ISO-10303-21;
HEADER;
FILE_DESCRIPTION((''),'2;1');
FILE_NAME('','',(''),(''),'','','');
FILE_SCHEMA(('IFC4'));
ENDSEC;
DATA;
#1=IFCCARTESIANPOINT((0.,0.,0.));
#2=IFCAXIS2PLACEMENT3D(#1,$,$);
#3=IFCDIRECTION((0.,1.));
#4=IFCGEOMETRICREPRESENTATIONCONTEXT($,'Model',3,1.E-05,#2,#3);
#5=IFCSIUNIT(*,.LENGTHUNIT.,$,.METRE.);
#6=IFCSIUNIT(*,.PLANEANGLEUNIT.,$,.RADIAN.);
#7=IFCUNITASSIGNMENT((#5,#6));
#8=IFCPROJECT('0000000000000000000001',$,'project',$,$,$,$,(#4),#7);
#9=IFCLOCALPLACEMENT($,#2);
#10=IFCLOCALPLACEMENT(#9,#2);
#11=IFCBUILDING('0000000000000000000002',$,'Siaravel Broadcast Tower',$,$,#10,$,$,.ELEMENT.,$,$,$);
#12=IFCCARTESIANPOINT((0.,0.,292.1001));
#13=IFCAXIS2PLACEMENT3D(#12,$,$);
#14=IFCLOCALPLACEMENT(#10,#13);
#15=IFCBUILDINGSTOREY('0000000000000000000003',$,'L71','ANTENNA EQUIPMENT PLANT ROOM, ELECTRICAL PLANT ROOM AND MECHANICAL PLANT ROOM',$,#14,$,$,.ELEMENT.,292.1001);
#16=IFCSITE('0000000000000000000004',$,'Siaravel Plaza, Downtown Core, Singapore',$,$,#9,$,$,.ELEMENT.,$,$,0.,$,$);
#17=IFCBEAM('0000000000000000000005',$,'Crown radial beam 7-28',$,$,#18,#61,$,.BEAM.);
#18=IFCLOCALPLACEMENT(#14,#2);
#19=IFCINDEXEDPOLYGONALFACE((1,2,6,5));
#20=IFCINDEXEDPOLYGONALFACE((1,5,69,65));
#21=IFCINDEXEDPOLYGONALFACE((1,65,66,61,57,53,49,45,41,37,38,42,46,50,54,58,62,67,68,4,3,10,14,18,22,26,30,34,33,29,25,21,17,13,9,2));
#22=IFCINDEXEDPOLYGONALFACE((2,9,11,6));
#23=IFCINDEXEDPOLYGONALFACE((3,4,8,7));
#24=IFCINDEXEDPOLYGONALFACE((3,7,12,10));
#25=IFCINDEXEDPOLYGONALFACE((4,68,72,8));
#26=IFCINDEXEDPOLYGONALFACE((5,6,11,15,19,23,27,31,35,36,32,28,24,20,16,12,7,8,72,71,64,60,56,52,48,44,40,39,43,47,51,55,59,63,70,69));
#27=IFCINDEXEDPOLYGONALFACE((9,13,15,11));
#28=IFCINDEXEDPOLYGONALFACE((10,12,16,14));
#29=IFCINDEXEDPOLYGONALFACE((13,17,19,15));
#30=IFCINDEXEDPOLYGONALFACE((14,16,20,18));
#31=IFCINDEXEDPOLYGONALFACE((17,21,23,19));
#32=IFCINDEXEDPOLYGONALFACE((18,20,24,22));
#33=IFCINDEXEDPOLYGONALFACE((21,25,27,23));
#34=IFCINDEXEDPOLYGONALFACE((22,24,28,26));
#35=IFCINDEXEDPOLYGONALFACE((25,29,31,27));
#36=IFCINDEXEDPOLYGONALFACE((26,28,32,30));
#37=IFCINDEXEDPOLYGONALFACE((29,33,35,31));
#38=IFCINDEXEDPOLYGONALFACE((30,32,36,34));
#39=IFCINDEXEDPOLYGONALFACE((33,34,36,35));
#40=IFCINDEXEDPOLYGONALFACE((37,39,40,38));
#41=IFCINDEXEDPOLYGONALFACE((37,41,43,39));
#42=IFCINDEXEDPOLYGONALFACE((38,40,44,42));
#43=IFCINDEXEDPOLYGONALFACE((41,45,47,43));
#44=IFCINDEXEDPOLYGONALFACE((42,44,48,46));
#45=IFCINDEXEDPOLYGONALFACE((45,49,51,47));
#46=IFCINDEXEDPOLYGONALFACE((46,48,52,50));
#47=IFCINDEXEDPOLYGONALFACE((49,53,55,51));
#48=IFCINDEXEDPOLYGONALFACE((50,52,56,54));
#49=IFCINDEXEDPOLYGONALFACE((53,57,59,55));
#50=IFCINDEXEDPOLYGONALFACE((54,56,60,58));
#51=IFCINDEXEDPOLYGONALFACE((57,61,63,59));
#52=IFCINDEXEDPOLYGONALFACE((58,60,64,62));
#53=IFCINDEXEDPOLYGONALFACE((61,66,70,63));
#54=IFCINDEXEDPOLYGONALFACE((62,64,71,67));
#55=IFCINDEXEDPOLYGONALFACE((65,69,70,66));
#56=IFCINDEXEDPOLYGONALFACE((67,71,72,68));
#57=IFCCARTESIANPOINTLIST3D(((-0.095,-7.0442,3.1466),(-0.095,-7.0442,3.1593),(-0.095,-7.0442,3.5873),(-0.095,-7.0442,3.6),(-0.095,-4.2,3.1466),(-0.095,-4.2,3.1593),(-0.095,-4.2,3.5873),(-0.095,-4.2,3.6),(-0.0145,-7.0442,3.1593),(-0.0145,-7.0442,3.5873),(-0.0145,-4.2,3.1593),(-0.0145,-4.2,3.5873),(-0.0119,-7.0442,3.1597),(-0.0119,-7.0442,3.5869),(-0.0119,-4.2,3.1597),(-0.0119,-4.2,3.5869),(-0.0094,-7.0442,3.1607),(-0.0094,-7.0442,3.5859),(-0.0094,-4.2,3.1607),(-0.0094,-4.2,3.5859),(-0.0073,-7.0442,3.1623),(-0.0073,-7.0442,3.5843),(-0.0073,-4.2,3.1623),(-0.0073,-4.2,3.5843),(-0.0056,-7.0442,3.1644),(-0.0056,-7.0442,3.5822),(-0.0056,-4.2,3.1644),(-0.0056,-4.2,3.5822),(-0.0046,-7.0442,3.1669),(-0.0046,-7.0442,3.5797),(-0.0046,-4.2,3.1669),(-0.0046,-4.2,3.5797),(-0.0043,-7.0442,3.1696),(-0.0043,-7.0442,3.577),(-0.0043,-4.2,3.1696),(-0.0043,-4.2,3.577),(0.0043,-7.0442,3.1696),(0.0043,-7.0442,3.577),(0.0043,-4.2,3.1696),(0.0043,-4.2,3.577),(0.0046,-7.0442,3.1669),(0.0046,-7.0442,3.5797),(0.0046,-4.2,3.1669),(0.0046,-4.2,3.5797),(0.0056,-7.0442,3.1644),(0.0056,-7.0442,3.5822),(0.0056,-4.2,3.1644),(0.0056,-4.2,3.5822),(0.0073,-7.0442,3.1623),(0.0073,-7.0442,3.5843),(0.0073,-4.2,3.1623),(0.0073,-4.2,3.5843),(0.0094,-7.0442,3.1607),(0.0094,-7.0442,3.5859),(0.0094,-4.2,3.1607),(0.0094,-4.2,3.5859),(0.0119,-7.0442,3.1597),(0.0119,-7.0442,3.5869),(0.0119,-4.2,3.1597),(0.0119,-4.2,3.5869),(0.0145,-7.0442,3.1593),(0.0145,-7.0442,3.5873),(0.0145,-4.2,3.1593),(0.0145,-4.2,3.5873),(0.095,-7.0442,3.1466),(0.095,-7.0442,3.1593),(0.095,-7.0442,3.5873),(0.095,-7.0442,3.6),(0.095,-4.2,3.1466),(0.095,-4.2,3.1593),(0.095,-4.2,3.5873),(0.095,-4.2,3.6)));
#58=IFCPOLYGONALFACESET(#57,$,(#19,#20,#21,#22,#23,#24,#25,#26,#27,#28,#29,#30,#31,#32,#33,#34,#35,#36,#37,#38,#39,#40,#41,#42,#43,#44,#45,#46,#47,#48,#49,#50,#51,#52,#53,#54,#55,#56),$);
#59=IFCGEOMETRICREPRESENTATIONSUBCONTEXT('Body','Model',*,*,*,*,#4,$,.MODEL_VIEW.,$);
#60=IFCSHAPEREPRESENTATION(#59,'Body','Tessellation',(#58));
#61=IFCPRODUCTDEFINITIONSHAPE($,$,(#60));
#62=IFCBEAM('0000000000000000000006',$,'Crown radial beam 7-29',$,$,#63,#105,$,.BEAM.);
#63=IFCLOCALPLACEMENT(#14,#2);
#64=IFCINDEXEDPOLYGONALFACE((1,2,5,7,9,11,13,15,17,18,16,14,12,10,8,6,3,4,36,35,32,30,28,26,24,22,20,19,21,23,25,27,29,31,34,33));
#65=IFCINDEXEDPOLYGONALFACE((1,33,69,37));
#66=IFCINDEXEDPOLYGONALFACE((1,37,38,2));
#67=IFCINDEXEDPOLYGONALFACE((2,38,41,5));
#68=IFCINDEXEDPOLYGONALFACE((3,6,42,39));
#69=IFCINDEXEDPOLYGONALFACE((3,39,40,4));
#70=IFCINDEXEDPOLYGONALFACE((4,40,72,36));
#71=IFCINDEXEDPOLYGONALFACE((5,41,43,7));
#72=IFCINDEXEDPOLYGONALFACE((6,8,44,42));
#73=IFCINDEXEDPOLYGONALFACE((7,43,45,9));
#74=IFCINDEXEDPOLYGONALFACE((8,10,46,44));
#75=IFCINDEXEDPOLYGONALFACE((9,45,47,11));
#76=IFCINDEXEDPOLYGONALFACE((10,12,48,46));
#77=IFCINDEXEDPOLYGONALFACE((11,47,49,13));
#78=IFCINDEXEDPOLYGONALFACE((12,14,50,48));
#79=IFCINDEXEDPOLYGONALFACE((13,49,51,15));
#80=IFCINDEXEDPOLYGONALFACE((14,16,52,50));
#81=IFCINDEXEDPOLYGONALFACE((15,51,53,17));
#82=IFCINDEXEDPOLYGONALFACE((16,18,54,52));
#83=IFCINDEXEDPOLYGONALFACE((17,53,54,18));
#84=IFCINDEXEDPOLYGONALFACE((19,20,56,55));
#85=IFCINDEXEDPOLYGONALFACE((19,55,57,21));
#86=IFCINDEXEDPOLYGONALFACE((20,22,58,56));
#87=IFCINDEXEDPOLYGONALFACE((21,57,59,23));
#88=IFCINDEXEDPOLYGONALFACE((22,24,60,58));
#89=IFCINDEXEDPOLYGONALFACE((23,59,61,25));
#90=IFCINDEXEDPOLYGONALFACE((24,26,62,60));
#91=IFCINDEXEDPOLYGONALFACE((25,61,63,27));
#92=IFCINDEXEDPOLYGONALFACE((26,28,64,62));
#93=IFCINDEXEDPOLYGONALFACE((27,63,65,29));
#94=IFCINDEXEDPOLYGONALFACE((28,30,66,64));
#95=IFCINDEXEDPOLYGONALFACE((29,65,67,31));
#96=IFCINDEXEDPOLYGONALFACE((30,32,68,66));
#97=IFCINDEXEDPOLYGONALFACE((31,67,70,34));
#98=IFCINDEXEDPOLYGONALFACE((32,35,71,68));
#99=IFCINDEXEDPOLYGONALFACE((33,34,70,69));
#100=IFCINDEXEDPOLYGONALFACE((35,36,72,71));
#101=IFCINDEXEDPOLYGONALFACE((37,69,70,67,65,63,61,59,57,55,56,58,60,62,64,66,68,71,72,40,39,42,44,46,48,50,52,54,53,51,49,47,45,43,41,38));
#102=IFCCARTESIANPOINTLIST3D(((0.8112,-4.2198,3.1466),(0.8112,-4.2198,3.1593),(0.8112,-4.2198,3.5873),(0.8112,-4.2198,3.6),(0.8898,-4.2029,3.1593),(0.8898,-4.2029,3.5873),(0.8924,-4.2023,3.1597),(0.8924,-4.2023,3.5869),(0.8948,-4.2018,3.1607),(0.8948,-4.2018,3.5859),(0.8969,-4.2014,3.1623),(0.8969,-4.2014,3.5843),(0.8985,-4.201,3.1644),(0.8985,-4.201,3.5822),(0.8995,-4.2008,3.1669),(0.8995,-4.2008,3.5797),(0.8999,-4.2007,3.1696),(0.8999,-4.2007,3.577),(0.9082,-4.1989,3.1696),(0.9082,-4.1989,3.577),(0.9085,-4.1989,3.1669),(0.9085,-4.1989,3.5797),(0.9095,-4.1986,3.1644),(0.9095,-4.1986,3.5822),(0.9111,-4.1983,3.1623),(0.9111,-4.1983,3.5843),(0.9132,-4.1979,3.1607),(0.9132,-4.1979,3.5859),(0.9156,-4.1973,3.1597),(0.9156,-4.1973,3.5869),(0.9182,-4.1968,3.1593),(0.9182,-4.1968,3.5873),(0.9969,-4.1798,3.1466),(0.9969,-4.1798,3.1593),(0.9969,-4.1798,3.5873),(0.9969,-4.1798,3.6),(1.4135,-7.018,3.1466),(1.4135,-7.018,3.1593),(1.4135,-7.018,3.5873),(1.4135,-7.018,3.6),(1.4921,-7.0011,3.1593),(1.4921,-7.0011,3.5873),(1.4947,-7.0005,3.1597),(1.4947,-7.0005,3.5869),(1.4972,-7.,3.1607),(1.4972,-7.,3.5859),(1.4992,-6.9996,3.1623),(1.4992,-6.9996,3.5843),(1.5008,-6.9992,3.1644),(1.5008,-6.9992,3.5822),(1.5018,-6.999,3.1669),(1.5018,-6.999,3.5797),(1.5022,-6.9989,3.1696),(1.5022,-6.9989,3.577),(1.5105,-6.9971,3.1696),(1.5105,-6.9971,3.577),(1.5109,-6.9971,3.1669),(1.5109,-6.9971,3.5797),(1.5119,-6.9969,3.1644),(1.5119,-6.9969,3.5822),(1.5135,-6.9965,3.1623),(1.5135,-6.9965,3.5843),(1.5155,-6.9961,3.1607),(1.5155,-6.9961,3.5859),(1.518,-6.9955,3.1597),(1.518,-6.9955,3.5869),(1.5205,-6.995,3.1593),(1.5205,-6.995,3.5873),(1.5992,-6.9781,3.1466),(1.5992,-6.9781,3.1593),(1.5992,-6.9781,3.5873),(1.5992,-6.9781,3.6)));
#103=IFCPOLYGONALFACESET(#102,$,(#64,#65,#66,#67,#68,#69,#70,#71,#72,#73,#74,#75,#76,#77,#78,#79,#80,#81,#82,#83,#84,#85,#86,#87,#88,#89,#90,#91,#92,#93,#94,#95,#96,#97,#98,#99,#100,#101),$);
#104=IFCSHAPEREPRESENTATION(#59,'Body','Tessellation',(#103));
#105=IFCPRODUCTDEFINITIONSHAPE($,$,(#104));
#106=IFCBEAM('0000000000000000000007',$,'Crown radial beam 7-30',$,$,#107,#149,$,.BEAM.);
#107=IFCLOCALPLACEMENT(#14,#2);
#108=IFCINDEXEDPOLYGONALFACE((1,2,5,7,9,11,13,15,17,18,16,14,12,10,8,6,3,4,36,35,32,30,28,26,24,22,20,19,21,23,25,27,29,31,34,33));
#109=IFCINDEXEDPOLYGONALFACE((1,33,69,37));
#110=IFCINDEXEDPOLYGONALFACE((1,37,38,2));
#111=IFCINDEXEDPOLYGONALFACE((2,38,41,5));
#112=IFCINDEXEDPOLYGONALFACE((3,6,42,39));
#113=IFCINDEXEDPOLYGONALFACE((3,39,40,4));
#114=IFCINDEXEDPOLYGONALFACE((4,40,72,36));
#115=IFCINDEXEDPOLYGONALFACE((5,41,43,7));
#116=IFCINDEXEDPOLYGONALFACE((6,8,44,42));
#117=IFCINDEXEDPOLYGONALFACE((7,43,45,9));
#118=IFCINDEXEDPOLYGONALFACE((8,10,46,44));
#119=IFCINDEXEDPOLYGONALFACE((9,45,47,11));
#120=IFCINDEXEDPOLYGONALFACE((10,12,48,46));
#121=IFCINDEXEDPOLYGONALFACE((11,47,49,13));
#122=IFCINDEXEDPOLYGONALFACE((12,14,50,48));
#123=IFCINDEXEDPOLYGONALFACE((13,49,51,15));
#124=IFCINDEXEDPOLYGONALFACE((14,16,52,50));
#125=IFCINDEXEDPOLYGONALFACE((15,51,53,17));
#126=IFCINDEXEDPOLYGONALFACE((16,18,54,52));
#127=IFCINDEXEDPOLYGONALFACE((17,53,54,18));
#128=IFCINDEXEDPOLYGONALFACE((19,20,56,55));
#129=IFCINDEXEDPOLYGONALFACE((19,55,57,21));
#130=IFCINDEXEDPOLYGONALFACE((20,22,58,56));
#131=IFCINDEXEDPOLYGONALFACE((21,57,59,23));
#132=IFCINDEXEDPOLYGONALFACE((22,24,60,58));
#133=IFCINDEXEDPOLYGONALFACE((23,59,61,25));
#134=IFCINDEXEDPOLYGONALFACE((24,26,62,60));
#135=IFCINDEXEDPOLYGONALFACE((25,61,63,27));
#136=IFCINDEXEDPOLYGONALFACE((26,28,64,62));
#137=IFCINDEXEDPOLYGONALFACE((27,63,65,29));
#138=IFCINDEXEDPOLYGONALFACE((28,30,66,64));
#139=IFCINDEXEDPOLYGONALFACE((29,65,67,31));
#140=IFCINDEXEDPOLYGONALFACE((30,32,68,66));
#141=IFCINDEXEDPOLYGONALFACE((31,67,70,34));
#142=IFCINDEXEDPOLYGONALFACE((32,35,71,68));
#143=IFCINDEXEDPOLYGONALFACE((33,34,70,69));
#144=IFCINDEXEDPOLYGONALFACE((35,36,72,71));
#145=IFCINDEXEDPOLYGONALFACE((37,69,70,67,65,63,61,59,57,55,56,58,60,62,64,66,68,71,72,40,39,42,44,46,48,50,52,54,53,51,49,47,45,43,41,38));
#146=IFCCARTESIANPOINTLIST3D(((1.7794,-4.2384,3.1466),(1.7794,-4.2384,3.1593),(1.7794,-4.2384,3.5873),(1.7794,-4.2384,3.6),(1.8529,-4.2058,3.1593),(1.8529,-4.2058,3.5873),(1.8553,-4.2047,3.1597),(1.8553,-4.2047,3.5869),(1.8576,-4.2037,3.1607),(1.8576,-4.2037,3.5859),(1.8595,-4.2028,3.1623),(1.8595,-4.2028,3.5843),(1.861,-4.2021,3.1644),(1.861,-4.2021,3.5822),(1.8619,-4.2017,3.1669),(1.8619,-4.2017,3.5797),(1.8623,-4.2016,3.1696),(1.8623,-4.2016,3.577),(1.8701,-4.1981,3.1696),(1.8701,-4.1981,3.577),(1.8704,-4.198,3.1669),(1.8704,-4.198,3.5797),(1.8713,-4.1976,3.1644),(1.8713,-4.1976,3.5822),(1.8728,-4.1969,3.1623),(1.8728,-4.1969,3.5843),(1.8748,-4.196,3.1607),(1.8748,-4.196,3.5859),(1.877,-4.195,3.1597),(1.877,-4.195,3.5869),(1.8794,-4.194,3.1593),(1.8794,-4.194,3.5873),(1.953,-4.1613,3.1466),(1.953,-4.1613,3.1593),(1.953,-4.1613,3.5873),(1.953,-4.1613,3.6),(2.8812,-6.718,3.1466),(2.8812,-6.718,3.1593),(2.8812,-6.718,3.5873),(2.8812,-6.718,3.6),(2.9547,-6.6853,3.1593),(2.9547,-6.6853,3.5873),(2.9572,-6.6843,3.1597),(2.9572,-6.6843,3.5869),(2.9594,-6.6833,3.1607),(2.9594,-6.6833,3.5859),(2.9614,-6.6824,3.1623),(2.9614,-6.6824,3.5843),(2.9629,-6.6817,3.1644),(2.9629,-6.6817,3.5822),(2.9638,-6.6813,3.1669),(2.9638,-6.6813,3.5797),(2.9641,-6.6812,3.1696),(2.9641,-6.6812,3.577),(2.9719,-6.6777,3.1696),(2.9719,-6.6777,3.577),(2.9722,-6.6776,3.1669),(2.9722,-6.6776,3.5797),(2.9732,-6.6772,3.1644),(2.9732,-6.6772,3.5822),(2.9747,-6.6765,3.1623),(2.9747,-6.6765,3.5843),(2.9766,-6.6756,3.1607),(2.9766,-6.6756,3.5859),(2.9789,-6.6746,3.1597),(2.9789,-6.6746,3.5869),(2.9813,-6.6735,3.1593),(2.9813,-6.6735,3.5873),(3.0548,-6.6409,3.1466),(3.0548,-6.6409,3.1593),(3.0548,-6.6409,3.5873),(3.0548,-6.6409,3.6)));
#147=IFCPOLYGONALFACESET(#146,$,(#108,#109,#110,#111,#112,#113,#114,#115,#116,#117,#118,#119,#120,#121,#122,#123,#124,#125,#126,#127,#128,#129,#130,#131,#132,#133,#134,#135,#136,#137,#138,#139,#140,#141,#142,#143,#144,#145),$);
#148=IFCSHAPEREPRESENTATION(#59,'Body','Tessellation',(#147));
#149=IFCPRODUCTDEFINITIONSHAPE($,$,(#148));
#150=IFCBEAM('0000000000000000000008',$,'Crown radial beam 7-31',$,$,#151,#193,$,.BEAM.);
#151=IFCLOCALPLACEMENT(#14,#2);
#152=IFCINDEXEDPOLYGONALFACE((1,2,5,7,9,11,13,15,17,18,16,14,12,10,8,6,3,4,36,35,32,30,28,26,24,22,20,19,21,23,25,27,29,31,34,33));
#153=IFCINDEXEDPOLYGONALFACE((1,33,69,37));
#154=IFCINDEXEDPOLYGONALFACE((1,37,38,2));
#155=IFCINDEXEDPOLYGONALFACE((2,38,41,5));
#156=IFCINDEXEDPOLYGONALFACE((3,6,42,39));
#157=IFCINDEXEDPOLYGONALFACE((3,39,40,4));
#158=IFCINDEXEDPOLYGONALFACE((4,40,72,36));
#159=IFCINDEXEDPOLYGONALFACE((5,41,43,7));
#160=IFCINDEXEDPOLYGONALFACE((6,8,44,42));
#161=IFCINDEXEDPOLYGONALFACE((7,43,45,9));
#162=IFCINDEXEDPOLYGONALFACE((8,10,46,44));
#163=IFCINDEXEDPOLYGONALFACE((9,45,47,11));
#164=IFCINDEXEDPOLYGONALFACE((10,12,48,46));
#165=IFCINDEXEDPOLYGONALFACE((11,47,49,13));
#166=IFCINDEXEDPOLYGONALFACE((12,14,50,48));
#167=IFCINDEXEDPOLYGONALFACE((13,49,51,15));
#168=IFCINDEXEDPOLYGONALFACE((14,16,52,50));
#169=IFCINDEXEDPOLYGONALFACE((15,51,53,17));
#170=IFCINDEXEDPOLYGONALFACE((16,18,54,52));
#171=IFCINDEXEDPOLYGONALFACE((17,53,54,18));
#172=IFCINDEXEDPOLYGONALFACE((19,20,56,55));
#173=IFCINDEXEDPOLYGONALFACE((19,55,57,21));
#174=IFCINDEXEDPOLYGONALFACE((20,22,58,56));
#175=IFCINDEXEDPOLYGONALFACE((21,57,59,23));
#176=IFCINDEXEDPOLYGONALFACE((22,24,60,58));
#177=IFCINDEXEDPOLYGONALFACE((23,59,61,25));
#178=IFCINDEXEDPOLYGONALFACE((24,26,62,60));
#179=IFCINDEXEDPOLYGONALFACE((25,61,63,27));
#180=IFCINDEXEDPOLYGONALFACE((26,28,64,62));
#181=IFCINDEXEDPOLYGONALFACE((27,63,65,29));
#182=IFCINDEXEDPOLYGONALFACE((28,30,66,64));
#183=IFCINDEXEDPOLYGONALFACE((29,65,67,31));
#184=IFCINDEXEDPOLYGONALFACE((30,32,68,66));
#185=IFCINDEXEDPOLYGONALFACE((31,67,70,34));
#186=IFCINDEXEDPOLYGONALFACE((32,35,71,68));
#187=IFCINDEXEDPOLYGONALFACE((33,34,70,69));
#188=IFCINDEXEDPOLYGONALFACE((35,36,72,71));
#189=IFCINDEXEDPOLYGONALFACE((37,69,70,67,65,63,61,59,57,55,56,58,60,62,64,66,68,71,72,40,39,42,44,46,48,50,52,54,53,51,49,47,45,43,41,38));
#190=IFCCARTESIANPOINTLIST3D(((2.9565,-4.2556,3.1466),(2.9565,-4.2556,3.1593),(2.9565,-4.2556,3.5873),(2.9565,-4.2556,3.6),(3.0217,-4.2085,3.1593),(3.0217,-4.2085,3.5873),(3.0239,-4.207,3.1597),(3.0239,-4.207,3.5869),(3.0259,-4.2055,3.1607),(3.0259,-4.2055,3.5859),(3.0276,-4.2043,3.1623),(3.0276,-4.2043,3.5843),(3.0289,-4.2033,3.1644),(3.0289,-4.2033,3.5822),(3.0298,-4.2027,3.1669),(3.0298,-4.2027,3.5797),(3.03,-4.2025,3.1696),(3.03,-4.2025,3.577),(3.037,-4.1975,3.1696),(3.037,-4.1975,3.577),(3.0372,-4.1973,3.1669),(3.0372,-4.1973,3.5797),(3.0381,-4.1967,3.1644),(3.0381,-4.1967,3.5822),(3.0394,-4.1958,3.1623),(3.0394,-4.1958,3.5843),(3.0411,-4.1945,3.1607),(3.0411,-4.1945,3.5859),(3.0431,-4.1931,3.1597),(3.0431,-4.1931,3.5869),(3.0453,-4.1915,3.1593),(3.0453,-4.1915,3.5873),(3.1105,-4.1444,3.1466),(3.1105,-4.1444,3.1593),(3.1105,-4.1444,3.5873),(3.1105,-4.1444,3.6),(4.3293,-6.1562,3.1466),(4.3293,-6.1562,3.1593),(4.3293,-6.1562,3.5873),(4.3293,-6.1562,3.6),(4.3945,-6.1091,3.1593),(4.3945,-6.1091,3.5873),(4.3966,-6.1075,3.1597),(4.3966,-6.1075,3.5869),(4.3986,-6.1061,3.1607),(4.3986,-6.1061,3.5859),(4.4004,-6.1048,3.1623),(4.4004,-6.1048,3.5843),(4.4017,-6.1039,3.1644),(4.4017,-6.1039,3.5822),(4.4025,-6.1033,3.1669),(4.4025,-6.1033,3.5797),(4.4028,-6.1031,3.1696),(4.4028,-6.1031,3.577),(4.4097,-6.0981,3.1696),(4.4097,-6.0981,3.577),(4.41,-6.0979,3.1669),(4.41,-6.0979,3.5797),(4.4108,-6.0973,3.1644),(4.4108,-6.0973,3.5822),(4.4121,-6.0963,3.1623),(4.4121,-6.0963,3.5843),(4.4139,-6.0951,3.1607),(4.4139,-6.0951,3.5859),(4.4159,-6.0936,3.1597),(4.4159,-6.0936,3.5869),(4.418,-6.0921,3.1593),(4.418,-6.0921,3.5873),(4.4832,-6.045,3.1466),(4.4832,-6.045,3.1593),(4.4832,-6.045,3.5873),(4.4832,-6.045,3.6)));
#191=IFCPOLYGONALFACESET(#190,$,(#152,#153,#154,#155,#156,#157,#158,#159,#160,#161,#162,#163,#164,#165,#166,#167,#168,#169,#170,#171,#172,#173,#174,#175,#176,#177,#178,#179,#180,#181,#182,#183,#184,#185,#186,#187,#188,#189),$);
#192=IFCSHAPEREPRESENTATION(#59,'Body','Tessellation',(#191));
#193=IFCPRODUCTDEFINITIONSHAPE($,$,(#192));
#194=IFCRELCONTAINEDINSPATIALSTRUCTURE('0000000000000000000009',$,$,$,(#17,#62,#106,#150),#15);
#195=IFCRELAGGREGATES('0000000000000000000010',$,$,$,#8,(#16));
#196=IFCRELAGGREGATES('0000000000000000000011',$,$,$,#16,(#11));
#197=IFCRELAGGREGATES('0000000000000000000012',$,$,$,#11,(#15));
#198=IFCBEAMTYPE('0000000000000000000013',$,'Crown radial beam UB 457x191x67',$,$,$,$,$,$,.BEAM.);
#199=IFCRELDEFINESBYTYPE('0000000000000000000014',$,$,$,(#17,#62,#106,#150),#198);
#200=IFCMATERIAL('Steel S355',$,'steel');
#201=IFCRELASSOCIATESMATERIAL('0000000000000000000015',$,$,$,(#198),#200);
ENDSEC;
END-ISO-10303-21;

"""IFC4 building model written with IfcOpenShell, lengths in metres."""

from ifc_helpers import new_model, si_unit, direction, frame, origin, origin_2d, place, context, subcontext, project, spatial, i_section, extrude, material, material_profile, profile_set, type_object, element, save


model = new_model("IFC4")

# Units and contexts
model_context = context("Model", 3, precision=1e-05, world=origin(), true_north=direction((0.0, 1.0)))
body_context = subcontext(model_context, "Body", "Model", "MODEL_VIEW")
ifc_project = project(units=[si_unit("LENGTHUNIT", "METRE"), si_unit("PLANEANGLEUNIT", "RADIAN")], contexts=[model_context])

# Site, building, storey
site_placement = place(None, origin())
site = spatial("IfcSite", under=ifc_project, at=site_placement, Name="Siaravel Plaza, Downtown Core, Singapore", CompositionType="ELEMENT", RefElevation=0.0)
building_placement = place(site_placement, origin())
building = spatial("IfcBuilding", under=site, at=building_placement, Name="Siaravel Broadcast Tower", CompositionType="ELEMENT")
storey_placement = place(building_placement, frame((0.0, 0.0, 292.1001)))
storey = spatial("IfcBuildingStorey", under=building, at=storey_placement, Name="L71", Description="ANTENNA EQUIPMENT PLANT ROOM, ELECTRICAL PLANT ROOM AND MECHANICAL PLANT ROOM", CompositionType="ELEMENT", Elevation=292.1001)

# Beams
ifc_material_1 = material(Name="Steel S355", Category="steel")
ifc_material_profile_1 = material_profile(ifc_material_1, i_section(OverallWidth=0.1899, OverallDepth=0.4534, WebThickness=0.0085, FlangeThickness=0.0127, FilletRadius=0.0103, at=origin_2d()))
ifc_profile_set_1 = profile_set([ifc_material_profile_1], Name="Steel S355")
beam_type_1 = type_object("IfcBeamType", Name="Crown radial beam UB 457x191x67", PredefinedType="BEAM", material=ifc_profile_set_1)
beam_1_placement = place(storey_placement, frame((0.0, -7.0442, 3.3733), z_axis=(0.0, 1.0, 0.0), x_axis=(-1.0, 0.0, 0.0)))
element("IfcBeam", 1, at=beam_1_placement, inside=storey, type_object=beam_type_1, Name="Crown radial beam 7-28", PredefinedType="BEAM", context=body_context, shape_type="SweptSolid", body=[
    extrude(i_section(OverallWidth=0.1899, OverallDepth=0.4534, WebThickness=0.0085, FlangeThickness=0.0127, FilletRadius=0.0103, at=origin_2d()), origin(), (0.0, 0.0, 1.0), 2.8442),
])
beam_2_placement = place(storey_placement, frame((1.5063, -6.998, 3.3733), z_axis=(-0.210432, 0.977609, 0.0), x_axis=(-0.977609, -0.210432, 0.0)))
element("IfcBeam", 2, at=beam_2_placement, inside=storey, type_object=beam_type_1, Name="Crown radial beam 7-29", PredefinedType="BEAM", context=body_context, shape_type="SweptSolid", body=[
    extrude(i_section(OverallWidth=0.1899, OverallDepth=0.4534, WebThickness=0.0085, FlangeThickness=0.0127, FilletRadius=0.0103, at=origin_2d()), origin(), (0.0, 0.0, 1.0), 2.8623),
])
beam_3_placement = place(storey_placement, frame((2.968, -6.6794, 3.3733), z_axis=(-0.40608, 0.913838, 0.0), x_axis=(-0.913838, -0.40608, 0.0)))
element("IfcBeam", 3, at=beam_3_placement, inside=storey, type_object=beam_type_1, Name="Crown radial beam 7-30", PredefinedType="BEAM", context=body_context, shape_type="SweptSolid", body=[
    extrude(i_section(OverallWidth=0.1899, OverallDepth=0.4534, WebThickness=0.0085, FlangeThickness=0.0127, FilletRadius=0.0103, at=origin_2d()), origin(), (0.0, 0.0, 1.0), 2.7134),
])
beam_4_placement = place(storey_placement, frame((4.4062, -6.1006, 3.3733), z_axis=(-0.585525, 0.810655, 0.0), x_axis=(-0.810655, -0.585525, 0.0)))
element("IfcBeam", 4, at=beam_4_placement, inside=storey, type_object=beam_type_1, Name="Crown radial beam 7-31", PredefinedType="BEAM", context=body_context, shape_type="SweptSolid", body=[
    extrude(i_section(OverallWidth=0.1899, OverallDepth=0.4534, WebThickness=0.0085, FlangeThickness=0.0127, FilletRadius=0.0103, at=origin_2d()), origin(), (0.0, 0.0, 1.0), 2.3445),
])

save(model, "model.ifc")
